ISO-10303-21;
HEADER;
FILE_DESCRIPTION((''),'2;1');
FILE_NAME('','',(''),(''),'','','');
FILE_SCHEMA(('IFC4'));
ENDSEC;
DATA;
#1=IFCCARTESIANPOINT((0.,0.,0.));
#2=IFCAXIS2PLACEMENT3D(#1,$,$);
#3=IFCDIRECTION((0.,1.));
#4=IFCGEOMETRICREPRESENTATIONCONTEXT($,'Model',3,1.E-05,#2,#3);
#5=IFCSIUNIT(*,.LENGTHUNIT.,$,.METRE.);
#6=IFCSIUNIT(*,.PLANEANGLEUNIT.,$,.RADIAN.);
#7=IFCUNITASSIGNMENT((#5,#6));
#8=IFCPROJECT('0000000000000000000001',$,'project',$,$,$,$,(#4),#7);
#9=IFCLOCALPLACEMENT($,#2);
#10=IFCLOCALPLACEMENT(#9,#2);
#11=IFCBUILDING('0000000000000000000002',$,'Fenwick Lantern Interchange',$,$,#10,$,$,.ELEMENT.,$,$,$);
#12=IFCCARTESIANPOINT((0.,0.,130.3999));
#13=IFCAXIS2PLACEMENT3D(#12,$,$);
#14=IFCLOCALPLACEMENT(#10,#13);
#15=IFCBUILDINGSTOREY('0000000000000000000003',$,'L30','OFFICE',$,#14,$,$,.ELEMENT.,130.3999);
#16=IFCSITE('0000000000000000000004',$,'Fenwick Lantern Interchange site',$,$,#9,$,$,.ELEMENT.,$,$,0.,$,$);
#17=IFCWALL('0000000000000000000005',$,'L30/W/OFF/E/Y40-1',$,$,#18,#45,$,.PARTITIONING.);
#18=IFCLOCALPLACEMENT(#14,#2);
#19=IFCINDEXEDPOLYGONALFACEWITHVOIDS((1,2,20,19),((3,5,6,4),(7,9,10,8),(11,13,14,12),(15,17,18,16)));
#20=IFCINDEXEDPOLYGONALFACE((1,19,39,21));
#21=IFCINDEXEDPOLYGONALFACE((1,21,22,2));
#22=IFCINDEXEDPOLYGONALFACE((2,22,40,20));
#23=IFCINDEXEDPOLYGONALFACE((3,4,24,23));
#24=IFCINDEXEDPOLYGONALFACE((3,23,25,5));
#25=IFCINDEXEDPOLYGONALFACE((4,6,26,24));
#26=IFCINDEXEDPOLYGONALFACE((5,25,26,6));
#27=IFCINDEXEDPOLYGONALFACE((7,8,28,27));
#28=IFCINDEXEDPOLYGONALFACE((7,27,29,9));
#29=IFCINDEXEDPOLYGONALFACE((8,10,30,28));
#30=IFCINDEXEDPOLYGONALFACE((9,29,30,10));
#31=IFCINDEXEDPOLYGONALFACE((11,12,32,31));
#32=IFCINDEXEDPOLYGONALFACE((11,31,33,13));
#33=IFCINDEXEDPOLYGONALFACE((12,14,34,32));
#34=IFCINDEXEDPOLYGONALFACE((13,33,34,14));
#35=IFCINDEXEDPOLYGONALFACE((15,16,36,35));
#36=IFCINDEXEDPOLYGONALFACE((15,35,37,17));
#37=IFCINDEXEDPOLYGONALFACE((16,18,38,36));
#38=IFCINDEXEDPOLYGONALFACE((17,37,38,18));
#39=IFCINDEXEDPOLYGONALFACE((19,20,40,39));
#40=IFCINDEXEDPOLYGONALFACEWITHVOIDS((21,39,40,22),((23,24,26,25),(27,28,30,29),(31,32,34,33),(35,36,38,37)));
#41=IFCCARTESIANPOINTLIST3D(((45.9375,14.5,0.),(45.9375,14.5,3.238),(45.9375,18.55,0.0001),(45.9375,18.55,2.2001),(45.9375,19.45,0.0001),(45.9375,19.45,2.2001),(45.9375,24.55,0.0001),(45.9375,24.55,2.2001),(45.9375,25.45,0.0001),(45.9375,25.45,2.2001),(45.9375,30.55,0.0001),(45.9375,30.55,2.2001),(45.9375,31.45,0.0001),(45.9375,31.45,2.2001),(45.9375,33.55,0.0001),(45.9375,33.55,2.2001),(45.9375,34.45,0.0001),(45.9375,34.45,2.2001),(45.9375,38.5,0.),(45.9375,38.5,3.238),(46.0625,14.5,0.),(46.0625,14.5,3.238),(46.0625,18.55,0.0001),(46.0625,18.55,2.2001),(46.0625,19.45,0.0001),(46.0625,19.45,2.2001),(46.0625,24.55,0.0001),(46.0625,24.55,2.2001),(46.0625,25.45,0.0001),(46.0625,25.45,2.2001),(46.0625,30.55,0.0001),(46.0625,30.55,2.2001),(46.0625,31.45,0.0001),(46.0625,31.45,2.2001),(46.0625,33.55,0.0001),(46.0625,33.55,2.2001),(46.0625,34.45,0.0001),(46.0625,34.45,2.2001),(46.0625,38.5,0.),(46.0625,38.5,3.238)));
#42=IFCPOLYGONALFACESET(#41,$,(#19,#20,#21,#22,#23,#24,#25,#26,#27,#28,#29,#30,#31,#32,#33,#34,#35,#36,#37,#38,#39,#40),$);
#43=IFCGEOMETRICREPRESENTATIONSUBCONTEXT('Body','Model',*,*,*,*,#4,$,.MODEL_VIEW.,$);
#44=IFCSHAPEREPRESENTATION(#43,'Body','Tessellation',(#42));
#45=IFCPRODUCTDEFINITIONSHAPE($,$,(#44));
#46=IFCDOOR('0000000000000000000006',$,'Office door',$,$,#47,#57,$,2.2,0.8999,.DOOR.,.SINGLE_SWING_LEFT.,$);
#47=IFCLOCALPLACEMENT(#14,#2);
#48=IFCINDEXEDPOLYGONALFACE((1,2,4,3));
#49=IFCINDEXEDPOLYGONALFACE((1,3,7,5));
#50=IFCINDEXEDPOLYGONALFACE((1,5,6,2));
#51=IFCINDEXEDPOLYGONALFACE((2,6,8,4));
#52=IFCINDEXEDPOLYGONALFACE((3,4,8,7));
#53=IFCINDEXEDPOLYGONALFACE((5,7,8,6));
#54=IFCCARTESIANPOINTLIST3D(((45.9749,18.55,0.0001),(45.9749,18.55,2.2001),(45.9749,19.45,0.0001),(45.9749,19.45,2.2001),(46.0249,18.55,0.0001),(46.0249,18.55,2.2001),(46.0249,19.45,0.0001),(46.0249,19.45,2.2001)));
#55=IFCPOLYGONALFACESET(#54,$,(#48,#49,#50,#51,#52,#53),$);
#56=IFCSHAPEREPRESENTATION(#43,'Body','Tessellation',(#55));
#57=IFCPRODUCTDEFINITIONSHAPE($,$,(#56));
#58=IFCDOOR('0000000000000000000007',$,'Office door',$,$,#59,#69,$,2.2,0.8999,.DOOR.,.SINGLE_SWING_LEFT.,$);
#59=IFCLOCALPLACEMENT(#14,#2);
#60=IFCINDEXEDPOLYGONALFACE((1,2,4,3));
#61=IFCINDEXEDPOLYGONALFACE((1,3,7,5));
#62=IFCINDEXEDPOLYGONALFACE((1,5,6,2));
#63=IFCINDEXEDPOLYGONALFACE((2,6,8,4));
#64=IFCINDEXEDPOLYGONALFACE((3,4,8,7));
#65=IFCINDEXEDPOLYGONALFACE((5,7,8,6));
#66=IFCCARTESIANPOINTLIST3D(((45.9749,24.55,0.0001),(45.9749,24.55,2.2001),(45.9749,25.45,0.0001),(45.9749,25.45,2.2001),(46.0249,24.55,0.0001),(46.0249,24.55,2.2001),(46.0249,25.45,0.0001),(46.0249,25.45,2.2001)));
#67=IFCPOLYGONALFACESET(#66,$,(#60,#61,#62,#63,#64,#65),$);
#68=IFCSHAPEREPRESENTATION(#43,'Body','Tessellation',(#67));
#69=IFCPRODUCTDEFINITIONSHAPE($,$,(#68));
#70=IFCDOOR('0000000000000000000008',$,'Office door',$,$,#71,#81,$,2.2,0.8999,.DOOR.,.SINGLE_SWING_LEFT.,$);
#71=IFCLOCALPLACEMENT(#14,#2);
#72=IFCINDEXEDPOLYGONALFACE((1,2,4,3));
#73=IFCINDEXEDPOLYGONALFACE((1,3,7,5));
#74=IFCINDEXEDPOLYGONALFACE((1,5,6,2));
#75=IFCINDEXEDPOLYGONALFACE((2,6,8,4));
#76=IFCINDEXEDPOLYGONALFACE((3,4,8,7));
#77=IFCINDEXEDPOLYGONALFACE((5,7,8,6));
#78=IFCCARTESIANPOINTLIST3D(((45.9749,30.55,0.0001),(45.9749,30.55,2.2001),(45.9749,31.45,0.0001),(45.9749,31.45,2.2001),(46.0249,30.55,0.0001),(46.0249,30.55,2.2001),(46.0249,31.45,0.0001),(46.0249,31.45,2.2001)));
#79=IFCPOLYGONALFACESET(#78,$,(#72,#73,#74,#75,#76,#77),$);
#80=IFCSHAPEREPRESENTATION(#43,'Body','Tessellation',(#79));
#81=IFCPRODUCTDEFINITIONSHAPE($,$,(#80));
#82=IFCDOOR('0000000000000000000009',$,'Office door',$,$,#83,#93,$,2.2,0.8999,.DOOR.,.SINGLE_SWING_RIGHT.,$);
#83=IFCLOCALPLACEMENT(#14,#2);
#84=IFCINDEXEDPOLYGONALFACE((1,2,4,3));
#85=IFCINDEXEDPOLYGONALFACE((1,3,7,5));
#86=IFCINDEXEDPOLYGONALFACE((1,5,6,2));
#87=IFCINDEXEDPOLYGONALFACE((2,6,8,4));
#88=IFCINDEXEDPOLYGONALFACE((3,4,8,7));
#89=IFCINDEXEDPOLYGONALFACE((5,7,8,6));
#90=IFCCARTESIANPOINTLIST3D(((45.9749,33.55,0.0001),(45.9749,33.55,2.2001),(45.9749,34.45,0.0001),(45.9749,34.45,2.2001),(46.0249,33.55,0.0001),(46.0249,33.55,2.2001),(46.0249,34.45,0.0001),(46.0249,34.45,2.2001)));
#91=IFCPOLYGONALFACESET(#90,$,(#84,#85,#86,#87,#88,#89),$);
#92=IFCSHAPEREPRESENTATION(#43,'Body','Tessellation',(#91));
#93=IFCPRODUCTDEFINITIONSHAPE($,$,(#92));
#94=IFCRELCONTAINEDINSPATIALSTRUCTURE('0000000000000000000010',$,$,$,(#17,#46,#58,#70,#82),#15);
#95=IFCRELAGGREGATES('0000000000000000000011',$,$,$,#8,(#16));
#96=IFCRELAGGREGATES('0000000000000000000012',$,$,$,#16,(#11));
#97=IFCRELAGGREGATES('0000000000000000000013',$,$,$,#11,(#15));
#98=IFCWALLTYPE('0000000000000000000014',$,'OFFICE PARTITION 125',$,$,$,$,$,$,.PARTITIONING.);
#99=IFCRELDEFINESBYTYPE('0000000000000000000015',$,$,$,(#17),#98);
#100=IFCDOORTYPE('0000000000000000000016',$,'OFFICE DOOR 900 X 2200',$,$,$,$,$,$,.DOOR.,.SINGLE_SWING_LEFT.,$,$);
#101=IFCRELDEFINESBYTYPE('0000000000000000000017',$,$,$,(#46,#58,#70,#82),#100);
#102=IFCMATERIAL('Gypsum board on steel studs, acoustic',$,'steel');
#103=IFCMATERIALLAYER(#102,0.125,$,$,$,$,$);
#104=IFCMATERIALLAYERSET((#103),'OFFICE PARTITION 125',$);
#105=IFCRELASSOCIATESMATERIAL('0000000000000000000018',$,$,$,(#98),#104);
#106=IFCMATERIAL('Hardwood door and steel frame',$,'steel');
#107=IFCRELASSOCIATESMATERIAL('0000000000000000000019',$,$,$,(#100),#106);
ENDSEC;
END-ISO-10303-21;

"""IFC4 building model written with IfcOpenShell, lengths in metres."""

from ifc_helpers import new_model, si_unit, direction, frame, frame_2d, origin, place, context, subcontext, project, spatial, rectangle, extrude, material, layer, layer_set, type_object, element, fill, save


model = new_model("IFC4")

# Units and contexts
model_context = context("Model", 3, precision=1e-05, world=origin(), true_north=direction((0.0, 1.0)))
body_context = subcontext(model_context, "Body", "Model", "MODEL_VIEW")
ifc_project = project(units=[si_unit("LENGTHUNIT", "METRE"), si_unit("PLANEANGLEUNIT", "RADIAN")], contexts=[model_context])

# Site, building, storey
site_placement = place(None, origin())
site = spatial("IfcSite", under=ifc_project, at=site_placement, Name="Fenwick Lantern Interchange site", CompositionType="ELEMENT", RefElevation=0.0)
building_placement = place(site_placement, origin())
building = spatial("IfcBuilding", under=site, at=building_placement, Name="Fenwick Lantern Interchange", CompositionType="ELEMENT")
storey_placement = place(building_placement, frame((0.0, 0.0, 130.3999)))
storey = spatial("IfcBuildingStorey", under=building, at=storey_placement, Name="L30", Description="OFFICE", CompositionType="ELEMENT", Elevation=130.3999)

# Shared definitions
ifc_material_1 = material(Name="Gypsum board on steel studs, acoustic", Category="steel")
ifc_layer_1 = layer(ifc_material_1, 0.125)
ifc_layer_set_1 = layer_set([ifc_layer_1], Name="OFFICE PARTITION 125")
wall_type_1 = type_object("IfcWallType", Name="OFFICE PARTITION 125", PredefinedType="PARTITIONING", material=ifc_layer_set_1)
ifc_material_2 = material(Name="Hardwood door and steel frame", Category="steel")
door_type = type_object("IfcDoorType", Name="OFFICE DOOR 900 X 2200", OperationType="SINGLE_SWING_LEFT", PredefinedType="DOOR", material=ifc_material_2)

# Wall, openings, doors
wall_1_placement = place(storey_placement, frame((46.0, 14.5, 0.0), z_axis=(0.0, 0.0, 1.0), x_axis=(0.0, 1.0, 0.0)))
wall_1 = element("IfcWall", 1, at=wall_1_placement, inside=storey, type_object=wall_type_1, Name="L30/W/OFF/E/Y40-1", PredefinedType="PARTITIONING", context=body_context, shape_type="SweptSolid", body=[
    extrude(rectangle(XDim=24.0, YDim=0.125, at=frame_2d((12.0, 0.0))), origin(), (0.0, 0.0, 1.0), 3.238),
])
opening_1_placement = place(wall_1_placement, frame((4.05, 0.0, 0.0)))
opening_1 = element("IfcOpeningElement", 2, at=opening_1_placement, cuts=wall_1, PredefinedType="OPENING", context=body_context, shape_type="SweptSolid", body=[
    extrude(rectangle(XDim=0.8999, YDim=2.2, at=frame_2d((0.45, 1.1001))), frame((0.0, 0.0725, 0.0), z_axis=(0.0, -1.0, 0.0), x_axis=(1.0, 0.0, 0.0)), (0.0, 0.0, 1.0), 0.145),
])
opening_2_placement = place(wall_1_placement, frame((10.05, 0.0, 0.0)))
opening_2 = element("IfcOpeningElement", 3, at=opening_2_placement, cuts=wall_1, PredefinedType="OPENING", context=body_context, shape_type="SweptSolid", body=[
    extrude(rectangle(XDim=0.8999, YDim=2.2, at=frame_2d((0.45, 1.1001))), frame((0.0, 0.0725, 0.0), z_axis=(0.0, -1.0, 0.0), x_axis=(1.0, 0.0, 0.0)), (0.0, 0.0, 1.0), 0.145),
])
opening_3_placement = place(wall_1_placement, frame((16.05, 0.0, 0.0)))
opening_3 = element("IfcOpeningElement", 4, at=opening_3_placement, cuts=wall_1, PredefinedType="OPENING", context=body_context, shape_type="SweptSolid", body=[
    extrude(rectangle(XDim=0.8999, YDim=2.2, at=frame_2d((0.45, 1.1001))), frame((0.0, 0.0725, 0.0), z_axis=(0.0, -1.0, 0.0), x_axis=(1.0, 0.0, 0.0)), (0.0, 0.0, 1.0), 0.145),
])
opening_4_placement = place(wall_1_placement, frame((19.05, 0.0, 0.0)))
opening_4 = element("IfcOpeningElement", 5, at=opening_4_placement, cuts=wall_1, PredefinedType="OPENING", context=body_context, shape_type="SweptSolid", body=[
    extrude(rectangle(XDim=0.8999, YDim=2.2, at=frame_2d((0.45, 1.1001))), frame((0.0, 0.0725, 0.0), z_axis=(0.0, -1.0, 0.0), x_axis=(1.0, 0.0, 0.0)), (0.0, 0.0, 1.0), 0.145),
])
door_1_placement = place(opening_1_placement, frame((0.8999, 0.0, 0.0), z_axis=(0.0, 0.0, 1.0), x_axis=(-1.0, 0.0, 0.0)))
door_1 = element("IfcDoor", 6, at=door_1_placement, inside=storey, type_object=door_type, Name="Office door", OperationType="SINGLE_SWING_LEFT", OverallHeight=2.2, OverallWidth=0.8999, PredefinedType="DOOR", context=body_context, shape_type="SweptSolid", body=[
    extrude(rectangle(XDim=0.8999, YDim=2.2, at=frame_2d((0.45, 1.1001))), frame((0.0, 0.0249, 0.0), z_axis=(0.0, -1.0, 0.0), x_axis=(1.0, 0.0, 0.0)), (0.0, 0.0, 1.0), 0.05),
])
fill(opening_1, door_1)
door_2_placement = place(opening_2_placement, frame((0.8999, 0.0, 0.0), z_axis=(0.0, 0.0, 1.0), x_axis=(-1.0, 0.0, 0.0)))
door_2 = element("IfcDoor", 7, at=door_2_placement, inside=storey, type_object=door_type, Name="Office door", OperationType="SINGLE_SWING_LEFT", OverallHeight=2.2, OverallWidth=0.8999, PredefinedType="DOOR", context=body_context, shape_type="SweptSolid", body=[
    extrude(rectangle(XDim=0.8999, YDim=2.2, at=frame_2d((0.45, 1.1001))), frame((0.0, 0.0249, 0.0), z_axis=(0.0, -1.0, 0.0), x_axis=(1.0, 0.0, 0.0)), (0.0, 0.0, 1.0), 0.05),
])
fill(opening_2, door_2)
door_3_placement = place(opening_3_placement, frame((0.8999, 0.0, 0.0), z_axis=(0.0, 0.0, 1.0), x_axis=(-1.0, 0.0, 0.0)))
door_3 = element("IfcDoor", 8, at=door_3_placement, inside=storey, type_object=door_type, Name="Office door", OperationType="SINGLE_SWING_LEFT", OverallHeight=2.2, OverallWidth=0.8999, PredefinedType="DOOR", context=body_context, shape_type="SweptSolid", body=[
    extrude(rectangle(XDim=0.8999, YDim=2.2, at=frame_2d((0.45, 1.1001))), frame((0.0, 0.0249, 0.0), z_axis=(0.0, -1.0, 0.0), x_axis=(1.0, 0.0, 0.0)), (0.0, 0.0, 1.0), 0.05),
])
fill(opening_3, door_3)
door_4_placement = place(opening_4_placement, frame((0.8999, 0.0, 0.0), z_axis=(0.0, 0.0, 1.0), x_axis=(-1.0, 0.0, 0.0)))
door_4 = element("IfcDoor", 9, at=door_4_placement, inside=storey, type_object=door_type, Name="Office door", OperationType="SINGLE_SWING_RIGHT", OverallHeight=2.2, OverallWidth=0.8999, PredefinedType="DOOR", context=body_context, shape_type="SweptSolid", body=[
    extrude(rectangle(XDim=0.8999, YDim=2.2, at=frame_2d((0.45, 1.1001))), frame((0.0, 0.0249, 0.0), z_axis=(0.0, -1.0, 0.0), x_axis=(1.0, 0.0, 0.0)), (0.0, 0.0, 1.0), 0.05),
])
fill(opening_4, door_4)

save(model, "model.ifc")
